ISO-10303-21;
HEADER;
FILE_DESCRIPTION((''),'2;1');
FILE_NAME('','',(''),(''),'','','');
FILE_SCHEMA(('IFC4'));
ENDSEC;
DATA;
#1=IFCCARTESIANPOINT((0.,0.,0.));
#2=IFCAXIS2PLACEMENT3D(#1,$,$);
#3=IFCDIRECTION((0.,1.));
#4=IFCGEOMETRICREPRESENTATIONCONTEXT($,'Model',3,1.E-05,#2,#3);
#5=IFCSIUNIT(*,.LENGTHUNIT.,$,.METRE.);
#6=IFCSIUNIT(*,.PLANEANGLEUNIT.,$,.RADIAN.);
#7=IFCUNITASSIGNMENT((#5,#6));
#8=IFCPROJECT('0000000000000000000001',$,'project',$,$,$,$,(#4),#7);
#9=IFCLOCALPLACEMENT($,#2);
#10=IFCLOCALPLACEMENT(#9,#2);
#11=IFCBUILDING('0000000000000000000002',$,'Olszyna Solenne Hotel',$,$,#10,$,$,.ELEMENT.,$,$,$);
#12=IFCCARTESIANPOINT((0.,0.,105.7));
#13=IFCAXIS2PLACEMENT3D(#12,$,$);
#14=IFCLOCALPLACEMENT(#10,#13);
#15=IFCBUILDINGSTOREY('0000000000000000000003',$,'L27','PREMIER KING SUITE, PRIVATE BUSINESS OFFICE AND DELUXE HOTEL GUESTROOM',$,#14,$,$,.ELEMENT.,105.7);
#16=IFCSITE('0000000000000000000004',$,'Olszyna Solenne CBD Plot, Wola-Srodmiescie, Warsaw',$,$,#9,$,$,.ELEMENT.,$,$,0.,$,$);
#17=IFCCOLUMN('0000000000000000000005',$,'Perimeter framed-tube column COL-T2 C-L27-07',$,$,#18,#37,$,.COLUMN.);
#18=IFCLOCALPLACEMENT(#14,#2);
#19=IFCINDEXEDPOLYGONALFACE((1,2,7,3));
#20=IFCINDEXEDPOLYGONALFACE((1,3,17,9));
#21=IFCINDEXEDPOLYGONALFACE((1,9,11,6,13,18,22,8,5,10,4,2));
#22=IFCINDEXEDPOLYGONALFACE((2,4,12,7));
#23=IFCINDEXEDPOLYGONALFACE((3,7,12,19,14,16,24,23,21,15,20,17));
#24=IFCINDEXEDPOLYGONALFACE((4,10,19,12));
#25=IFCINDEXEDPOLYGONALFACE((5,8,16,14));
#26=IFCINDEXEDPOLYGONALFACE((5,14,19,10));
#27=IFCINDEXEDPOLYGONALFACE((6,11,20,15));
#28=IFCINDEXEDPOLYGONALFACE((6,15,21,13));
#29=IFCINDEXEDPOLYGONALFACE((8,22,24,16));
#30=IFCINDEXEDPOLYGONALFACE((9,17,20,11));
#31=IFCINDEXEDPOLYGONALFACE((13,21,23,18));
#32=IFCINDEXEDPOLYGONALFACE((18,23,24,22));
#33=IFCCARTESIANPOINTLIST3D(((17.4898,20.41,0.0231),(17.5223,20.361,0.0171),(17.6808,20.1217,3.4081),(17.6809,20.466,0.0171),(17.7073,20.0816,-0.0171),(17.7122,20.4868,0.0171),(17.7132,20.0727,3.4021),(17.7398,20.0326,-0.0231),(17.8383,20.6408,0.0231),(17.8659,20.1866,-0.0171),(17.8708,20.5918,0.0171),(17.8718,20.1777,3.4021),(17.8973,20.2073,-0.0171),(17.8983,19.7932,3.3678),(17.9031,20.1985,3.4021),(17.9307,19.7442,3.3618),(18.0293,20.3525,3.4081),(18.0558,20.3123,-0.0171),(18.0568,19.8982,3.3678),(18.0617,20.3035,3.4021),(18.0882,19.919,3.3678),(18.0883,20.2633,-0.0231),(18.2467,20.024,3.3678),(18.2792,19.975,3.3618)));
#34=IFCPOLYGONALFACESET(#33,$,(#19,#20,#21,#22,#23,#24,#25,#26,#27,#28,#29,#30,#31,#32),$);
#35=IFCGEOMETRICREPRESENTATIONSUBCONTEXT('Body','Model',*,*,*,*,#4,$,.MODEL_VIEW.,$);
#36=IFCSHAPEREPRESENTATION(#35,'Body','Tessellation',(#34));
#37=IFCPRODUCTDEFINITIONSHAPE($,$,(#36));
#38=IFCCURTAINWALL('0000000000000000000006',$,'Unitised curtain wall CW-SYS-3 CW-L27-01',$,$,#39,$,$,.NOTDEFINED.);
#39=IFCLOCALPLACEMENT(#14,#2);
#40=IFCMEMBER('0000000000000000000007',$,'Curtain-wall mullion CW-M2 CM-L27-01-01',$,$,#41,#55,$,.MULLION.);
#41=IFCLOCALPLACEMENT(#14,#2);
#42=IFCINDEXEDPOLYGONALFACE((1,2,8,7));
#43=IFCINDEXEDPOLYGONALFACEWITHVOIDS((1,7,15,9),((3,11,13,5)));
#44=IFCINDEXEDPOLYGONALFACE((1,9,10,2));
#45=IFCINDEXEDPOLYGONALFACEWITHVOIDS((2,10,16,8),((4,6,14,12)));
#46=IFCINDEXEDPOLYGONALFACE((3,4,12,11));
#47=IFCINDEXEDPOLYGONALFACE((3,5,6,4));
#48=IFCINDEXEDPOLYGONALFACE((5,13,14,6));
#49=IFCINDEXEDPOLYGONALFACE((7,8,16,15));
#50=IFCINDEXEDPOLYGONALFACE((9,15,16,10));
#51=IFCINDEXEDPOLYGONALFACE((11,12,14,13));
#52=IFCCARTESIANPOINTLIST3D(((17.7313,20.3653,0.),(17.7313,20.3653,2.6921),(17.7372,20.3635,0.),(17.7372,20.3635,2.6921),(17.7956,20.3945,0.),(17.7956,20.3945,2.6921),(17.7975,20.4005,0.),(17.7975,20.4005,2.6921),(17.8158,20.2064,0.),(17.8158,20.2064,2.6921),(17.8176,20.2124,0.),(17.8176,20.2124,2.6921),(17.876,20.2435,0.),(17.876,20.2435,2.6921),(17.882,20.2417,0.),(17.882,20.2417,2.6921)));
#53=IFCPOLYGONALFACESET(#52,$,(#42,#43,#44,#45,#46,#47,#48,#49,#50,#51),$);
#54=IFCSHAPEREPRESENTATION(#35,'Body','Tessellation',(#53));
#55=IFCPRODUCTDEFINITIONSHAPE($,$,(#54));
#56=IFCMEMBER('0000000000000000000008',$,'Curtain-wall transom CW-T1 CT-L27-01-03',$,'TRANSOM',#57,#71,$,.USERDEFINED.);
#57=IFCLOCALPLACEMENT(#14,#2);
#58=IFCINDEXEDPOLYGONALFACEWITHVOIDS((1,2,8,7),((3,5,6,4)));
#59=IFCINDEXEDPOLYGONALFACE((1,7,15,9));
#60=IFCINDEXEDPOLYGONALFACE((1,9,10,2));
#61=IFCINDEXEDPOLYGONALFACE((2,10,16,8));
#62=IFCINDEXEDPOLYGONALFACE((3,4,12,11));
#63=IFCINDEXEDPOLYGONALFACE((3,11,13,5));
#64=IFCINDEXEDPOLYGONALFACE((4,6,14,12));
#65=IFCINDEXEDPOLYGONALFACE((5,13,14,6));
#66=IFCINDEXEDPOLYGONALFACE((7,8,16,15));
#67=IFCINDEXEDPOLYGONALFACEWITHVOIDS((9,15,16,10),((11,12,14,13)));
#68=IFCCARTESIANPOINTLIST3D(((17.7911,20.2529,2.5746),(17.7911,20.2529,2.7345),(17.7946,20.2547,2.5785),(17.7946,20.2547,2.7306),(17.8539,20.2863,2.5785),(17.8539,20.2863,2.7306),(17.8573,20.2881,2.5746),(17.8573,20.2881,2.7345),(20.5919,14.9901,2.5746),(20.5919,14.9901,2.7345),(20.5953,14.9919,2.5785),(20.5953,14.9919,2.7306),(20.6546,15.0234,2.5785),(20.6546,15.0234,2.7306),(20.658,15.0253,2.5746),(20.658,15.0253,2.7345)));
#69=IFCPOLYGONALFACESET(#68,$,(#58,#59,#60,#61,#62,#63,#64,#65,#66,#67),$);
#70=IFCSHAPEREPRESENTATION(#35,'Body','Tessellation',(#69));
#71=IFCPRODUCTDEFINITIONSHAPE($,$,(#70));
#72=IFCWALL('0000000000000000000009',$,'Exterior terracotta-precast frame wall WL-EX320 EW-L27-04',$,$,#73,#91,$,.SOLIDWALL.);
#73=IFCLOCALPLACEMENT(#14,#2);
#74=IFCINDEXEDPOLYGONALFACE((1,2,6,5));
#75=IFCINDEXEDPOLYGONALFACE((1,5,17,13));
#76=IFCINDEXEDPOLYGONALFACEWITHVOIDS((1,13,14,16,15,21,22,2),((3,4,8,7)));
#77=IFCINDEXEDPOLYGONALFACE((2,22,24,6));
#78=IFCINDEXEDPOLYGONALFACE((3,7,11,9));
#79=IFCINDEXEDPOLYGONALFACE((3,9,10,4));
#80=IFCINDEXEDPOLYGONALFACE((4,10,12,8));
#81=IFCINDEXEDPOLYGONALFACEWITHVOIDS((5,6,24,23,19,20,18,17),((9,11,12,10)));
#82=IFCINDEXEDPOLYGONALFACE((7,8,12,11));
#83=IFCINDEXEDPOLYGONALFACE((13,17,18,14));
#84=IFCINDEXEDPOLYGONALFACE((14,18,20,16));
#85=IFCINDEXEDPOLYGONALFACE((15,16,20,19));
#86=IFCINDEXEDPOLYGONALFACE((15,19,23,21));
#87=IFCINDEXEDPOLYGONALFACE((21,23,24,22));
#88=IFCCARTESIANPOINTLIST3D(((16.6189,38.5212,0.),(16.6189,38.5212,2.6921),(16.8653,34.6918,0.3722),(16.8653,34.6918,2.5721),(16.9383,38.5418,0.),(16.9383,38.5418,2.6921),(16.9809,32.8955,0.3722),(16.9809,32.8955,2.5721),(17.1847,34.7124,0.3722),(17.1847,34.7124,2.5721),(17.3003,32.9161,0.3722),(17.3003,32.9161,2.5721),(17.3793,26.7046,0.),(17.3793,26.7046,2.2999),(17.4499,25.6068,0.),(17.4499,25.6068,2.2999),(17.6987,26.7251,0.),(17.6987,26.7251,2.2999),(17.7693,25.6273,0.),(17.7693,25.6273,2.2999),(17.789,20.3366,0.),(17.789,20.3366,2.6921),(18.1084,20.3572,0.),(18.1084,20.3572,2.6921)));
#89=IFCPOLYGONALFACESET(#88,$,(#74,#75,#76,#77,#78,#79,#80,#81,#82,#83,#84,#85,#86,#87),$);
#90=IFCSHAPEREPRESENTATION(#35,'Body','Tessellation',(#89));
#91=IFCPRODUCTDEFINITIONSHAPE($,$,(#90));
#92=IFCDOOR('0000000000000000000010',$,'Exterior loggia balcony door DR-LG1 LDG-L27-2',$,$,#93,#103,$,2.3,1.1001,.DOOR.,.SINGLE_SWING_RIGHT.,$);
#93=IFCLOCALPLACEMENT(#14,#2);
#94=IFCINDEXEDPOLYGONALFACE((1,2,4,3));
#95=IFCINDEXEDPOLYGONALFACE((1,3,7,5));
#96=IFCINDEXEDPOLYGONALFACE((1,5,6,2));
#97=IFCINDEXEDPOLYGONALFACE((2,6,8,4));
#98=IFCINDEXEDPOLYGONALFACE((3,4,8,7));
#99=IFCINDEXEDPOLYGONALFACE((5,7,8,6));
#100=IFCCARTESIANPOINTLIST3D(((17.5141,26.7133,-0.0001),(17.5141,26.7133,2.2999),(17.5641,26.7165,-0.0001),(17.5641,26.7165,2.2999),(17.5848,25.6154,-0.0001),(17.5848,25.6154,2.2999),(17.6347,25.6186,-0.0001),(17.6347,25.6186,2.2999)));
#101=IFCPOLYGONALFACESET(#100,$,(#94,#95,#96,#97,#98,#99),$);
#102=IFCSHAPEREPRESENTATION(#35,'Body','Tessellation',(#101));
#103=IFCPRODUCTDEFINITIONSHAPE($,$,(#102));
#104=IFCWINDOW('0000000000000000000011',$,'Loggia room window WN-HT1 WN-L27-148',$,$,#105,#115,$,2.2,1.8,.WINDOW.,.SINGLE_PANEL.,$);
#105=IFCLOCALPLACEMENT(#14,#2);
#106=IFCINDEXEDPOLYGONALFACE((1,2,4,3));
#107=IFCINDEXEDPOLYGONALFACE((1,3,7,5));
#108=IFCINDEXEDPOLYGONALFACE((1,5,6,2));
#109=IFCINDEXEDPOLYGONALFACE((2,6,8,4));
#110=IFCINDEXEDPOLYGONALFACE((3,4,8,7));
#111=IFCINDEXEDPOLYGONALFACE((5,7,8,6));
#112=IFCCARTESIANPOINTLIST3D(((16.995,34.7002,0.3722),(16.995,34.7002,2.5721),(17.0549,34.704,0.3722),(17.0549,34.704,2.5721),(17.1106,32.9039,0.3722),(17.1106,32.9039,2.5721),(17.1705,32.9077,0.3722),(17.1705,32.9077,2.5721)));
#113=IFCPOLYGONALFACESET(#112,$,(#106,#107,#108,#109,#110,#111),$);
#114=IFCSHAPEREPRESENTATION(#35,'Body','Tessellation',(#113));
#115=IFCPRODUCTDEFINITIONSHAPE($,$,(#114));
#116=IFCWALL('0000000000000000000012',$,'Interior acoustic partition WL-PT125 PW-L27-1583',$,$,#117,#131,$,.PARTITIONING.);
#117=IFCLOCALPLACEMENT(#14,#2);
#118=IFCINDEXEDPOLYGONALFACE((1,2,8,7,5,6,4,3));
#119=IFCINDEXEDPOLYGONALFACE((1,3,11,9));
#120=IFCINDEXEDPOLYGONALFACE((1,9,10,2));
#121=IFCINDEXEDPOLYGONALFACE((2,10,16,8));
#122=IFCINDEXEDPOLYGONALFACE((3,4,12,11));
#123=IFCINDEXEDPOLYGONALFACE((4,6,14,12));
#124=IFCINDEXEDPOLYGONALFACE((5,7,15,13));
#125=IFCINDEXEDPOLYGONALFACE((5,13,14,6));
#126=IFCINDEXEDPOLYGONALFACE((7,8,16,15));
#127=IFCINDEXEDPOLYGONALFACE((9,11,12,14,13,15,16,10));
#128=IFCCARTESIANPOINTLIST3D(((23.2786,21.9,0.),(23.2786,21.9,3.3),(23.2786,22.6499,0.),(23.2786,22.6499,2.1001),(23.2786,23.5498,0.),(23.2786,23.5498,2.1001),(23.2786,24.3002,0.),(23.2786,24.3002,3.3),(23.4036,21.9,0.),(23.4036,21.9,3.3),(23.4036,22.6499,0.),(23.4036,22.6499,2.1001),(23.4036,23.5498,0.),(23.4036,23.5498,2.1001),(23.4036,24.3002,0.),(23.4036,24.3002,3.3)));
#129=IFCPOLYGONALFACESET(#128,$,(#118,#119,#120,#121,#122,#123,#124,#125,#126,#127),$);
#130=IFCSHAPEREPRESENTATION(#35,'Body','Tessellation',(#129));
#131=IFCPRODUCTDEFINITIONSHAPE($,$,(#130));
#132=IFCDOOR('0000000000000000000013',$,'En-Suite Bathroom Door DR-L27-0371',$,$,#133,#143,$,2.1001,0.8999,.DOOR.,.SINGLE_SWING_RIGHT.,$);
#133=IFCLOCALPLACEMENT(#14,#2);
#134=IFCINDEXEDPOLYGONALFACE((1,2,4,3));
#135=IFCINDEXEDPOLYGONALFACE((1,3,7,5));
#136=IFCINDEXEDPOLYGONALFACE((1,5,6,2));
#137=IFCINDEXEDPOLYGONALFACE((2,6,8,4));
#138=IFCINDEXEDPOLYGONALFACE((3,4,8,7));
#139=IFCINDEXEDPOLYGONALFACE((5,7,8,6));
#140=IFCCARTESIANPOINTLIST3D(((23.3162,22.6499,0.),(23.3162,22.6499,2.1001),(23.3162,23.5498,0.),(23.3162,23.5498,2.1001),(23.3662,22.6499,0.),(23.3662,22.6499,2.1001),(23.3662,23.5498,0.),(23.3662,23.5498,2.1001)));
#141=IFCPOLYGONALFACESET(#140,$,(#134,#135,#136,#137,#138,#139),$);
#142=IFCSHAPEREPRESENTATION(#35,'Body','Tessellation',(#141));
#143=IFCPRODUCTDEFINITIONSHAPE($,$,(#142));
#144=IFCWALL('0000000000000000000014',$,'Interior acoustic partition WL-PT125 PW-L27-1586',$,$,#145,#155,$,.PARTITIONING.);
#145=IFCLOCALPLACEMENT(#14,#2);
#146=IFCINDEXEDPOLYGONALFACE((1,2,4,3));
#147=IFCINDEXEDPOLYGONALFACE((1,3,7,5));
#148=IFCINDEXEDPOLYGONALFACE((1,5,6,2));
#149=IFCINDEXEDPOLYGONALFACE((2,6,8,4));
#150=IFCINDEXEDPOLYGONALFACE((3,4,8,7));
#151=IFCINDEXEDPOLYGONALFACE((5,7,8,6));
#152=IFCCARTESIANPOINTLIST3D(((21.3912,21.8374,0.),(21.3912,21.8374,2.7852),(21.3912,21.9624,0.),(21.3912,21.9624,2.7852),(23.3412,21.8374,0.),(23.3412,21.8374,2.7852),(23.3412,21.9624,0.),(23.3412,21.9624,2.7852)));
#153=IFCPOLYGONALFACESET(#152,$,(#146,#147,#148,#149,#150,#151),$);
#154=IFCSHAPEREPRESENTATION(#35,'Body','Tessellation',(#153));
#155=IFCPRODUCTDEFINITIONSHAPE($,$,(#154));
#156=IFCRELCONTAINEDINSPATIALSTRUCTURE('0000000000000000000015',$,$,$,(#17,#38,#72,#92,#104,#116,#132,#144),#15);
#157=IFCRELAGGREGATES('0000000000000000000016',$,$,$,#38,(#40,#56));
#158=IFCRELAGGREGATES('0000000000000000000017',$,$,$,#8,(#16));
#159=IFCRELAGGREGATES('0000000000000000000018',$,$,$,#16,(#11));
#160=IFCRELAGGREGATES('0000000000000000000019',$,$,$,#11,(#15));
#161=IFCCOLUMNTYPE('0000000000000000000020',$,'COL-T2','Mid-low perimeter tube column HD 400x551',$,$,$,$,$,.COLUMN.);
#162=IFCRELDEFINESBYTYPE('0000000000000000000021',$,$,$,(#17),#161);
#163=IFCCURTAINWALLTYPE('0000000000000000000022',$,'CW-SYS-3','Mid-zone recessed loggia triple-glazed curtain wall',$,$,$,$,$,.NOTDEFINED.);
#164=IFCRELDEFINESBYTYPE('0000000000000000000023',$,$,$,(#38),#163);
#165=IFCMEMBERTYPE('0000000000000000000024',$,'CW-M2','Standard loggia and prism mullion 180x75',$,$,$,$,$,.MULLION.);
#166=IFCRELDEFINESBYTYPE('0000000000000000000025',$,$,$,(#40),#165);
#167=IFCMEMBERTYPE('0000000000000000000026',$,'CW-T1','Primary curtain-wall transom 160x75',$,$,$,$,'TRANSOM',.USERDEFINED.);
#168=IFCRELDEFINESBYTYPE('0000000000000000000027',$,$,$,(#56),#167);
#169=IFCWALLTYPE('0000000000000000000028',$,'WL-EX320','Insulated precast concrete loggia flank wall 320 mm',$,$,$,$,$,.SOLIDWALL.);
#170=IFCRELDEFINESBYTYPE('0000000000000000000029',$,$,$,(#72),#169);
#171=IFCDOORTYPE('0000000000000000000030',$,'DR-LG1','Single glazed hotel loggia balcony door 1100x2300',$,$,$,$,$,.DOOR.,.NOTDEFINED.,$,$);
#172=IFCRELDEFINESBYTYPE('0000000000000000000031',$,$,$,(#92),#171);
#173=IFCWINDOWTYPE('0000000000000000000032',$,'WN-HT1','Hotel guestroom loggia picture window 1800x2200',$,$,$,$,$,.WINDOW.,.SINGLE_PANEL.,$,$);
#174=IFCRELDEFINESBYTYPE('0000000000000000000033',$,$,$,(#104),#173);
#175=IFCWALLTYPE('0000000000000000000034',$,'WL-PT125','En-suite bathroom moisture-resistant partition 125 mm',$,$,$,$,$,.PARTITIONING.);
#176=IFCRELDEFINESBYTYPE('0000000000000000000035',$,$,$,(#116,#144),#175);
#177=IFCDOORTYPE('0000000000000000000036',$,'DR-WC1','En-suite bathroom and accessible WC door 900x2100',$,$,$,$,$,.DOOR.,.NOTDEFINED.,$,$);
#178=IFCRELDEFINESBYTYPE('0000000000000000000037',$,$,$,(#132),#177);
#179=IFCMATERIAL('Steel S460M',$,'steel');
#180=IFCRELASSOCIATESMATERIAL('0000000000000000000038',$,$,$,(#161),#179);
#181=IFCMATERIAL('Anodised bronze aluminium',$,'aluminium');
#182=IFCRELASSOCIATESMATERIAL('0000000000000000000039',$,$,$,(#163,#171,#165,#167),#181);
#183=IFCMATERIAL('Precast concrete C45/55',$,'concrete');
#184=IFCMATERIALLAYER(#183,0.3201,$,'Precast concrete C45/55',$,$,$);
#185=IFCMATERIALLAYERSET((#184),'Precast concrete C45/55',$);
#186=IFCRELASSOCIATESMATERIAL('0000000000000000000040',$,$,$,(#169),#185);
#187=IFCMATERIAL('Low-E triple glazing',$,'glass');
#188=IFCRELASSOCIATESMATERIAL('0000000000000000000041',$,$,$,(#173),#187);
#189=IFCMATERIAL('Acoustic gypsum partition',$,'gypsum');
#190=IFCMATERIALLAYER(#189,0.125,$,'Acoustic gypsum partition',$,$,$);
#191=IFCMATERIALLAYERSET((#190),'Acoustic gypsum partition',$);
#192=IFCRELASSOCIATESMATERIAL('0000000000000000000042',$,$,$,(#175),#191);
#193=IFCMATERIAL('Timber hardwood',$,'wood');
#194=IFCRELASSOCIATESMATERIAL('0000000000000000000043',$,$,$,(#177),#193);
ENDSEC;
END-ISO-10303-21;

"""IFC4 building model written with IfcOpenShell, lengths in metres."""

from ifc_helpers import new_model, si_unit, direction, frame, frame_2d, origin, origin_2d, place, context, subcontext, project, spatial, rectangle, hollow_rectangle, i_section, extrude, source, transform, mapped, material, layer, layer_set, material_profile, profile_set, type_object, type_shapes, element, fill, aggregate, save


model = new_model("IFC4")

# Units and contexts
model_context = context("Model", 3, precision=1e-05, world=origin(), true_north=direction((0.0, 1.0)))
body_context = subcontext(model_context, "Body", "Model", "MODEL_VIEW")
ifc_project = project(units=[si_unit("LENGTHUNIT", "METRE"), si_unit("PLANEANGLEUNIT", "RADIAN")], contexts=[model_context])

# Site, building, storey
site_placement = place(None, origin())
site = spatial("IfcSite", under=ifc_project, at=site_placement, Name="Olszyna Solenne CBD Plot, Wola-Srodmiescie, Warsaw", CompositionType="ELEMENT", RefElevation=0.0)
building_placement = place(site_placement, origin())
building = spatial("IfcBuilding", under=site, at=building_placement, Name="Olszyna Solenne Hotel", CompositionType="ELEMENT")
storey_placement = place(building_placement, frame((0.0, 0.0, 105.7)))
storey = spatial("IfcBuildingStorey", under=building, at=storey_placement, Name="L27", Description="PREMIER KING SUITE, PRIVATE BUSINESS OFFICE AND DELUXE HOTEL GUESTROOM", CompositionType="ELEMENT", Elevation=105.7)

# Column
ifc_material_1 = material(Name="Steel S460M", Category="steel")
ifc_material_profile_1 = material_profile(ifc_material_1, i_section(OverallWidth=0.418, OverallDepth=0.4551, WebThickness=0.0376, FlangeThickness=0.0591, at=origin_2d()), Name="HD 400x551", Category="load-bearing")
ifc_profile_set_1 = profile_set([ifc_material_profile_1], Name="Steel S460M")
column_type = type_object("IfcColumnType", Name="COL-T2", Description="Mid-low perimeter tube column HD 400x551", PredefinedType="COLUMN", material=ifc_profile_set_1)
shared_shape_1 = source(origin(), body_context, "Body", "SweptSolid", [
    extrude(i_section(OverallWidth=0.418, OverallDepth=0.4551, WebThickness=0.0376, FlangeThickness=0.0591, at=origin_2d()), origin(), (0.0, 0.0, 1.0), 3.4026),
])
column_placement = place(storey_placement, frame((17.7891, 20.3367, 0.0), z_axis=(0.056109, -0.084737, 0.994822), x_axis=(0.833784, 0.552091, 0.0)))
element("IfcColumn", 1, at=column_placement, inside=storey, type_object=column_type, Name="Perimeter framed-tube column COL-T2 C-L27-07", PredefinedType="COLUMN", context=body_context, shape_type="MappedRepresentation", body=[
    mapped(shared_shape_1, transform((0.0, 0.0, 0.0), x_axis=(1.0, 0.0, 0.0), y_axis=(0.0, 1.0, 0.0), z_axis=(0.0, 0.0, 1.0), scale=1.0)),
])

# Curtain wall, members
ifc_material_2 = material(Name="Anodised bronze aluminium", Category="aluminium")
curtain_wall_type = type_object("IfcCurtainWallType", Name="CW-SYS-3", Description="Mid-zone recessed loggia triple-glazed curtain wall", PredefinedType="NOTDEFINED", material=ifc_material_2)
curtain_wall_placement = place(storey_placement, origin())
curtain_wall = element("IfcCurtainWall", 2, at=curtain_wall_placement, inside=storey, type_object=curtain_wall_type, Name="Unitised curtain wall CW-SYS-3 CW-L27-01", PredefinedType="NOTDEFINED")
ifc_material_profile_2 = material_profile(ifc_material_2, hollow_rectangle(XDim=0.075, YDim=0.1799, WallThickness=0.0044, at=origin_2d()), Name="MULL 180x75x4.5", Category="load-bearing")
ifc_profile_set_2 = profile_set([ifc_material_profile_2], Name="Anodised bronze aluminium")
member_type_1 = type_object("IfcMemberType", Name="CW-M2", Description="Standard loggia and prism mullion 180x75", PredefinedType="MULLION", material=ifc_profile_set_2)
shared_shape_2 = source(origin(), body_context, "Body", "SweptSolid", [
    extrude(hollow_rectangle(XDim=0.075, YDim=0.1799, WallThickness=0.0044, at=origin_2d()), origin(), (0.0, 0.0, 1.0), 2.6921),
])
member_1_placement = place(storey_placement, frame((17.8066, 20.3035, 0.0), z_axis=(0.0, 0.0, 1.0), x_axis=(0.882777, 0.469793, 0.0)))
member_1 = element("IfcMember", 3, at=member_1_placement, type_object=member_type_1, Name="Curtain-wall mullion CW-M2 CM-L27-01-01", PredefinedType="MULLION", context=body_context, shape_type="MappedRepresentation", body=[
    mapped(shared_shape_2, transform((0.0, 0.0, 0.0), x_axis=(1.0, 0.0, 0.0), y_axis=(0.0, 1.0, 0.0), z_axis=(0.0, 0.0, 1.0), scale=1.0)),
])
ifc_material_profile_3 = material_profile(ifc_material_2, hollow_rectangle(XDim=0.075, YDim=0.1599, WallThickness=0.0039, at=origin_2d()), Name="TRAN 160x75x4", Category="load-bearing")
ifc_profile_set_3 = profile_set([ifc_material_profile_3], Name="Anodised bronze aluminium")
member_type_2 = type_object("IfcMemberType", Name="CW-T1", Description="Primary curtain-wall transom 160x75", ElementType="TRANSOM", PredefinedType="USERDEFINED", material=ifc_profile_set_3)
shared_shape_3 = source(origin(), body_context, "Body", "SweptSolid", [
    extrude(hollow_rectangle(XDim=0.075, YDim=0.1599, WallThickness=0.0039, at=origin_2d()), origin(), (0.0, 0.0, 1.0), 5.9617),
])
member_2_placement = place(storey_placement, frame((17.8242, 20.2705, 2.6545), z_axis=(0.469789, -0.882779, 0.0), x_axis=(0.882779, 0.469789, 0.0)))
member_2 = element("IfcMember", 4, at=member_2_placement, type_object=member_type_2, Name="Curtain-wall transom CW-T1 CT-L27-01-03", ObjectType="TRANSOM", PredefinedType="USERDEFINED", context=body_context, shape_type="MappedRepresentation", body=[
    mapped(shared_shape_3, transform((0.0, 0.0, 0.0), x_axis=(1.0, 0.0, 0.0), y_axis=(0.0, 1.0, 0.0), z_axis=(0.0, 0.0, 1.0), scale=1.0)),
])
aggregate(curtain_wall, [member_1, member_2])

# Wall, openings, door, window
ifc_material_3 = material(Name="Precast concrete C45/55", Category="concrete")
ifc_layer_1 = layer(ifc_material_3, 0.3201, Name="Precast concrete C45/55")
ifc_layer_set_1 = layer_set([ifc_layer_1], Name="Precast concrete C45/55")
wall_type_1 = type_object("IfcWallType", Name="WL-EX320", Description="Insulated precast concrete loggia flank wall 320 mm", PredefinedType="SOLIDWALL", material=ifc_layer_set_1)
wall_1_placement = place(storey_placement, frame((17.9487, 20.3469, 0.0), z_axis=(0.0, 0.0, 1.0), x_axis=(-0.064217, 0.997936, 0.0)))
wall_1 = element("IfcWall", 5, at=wall_1_placement, inside=storey, type_object=wall_type_1, Name="Exterior terracotta-precast frame wall WL-EX320 EW-L27-04", PredefinedType="SOLIDWALL", context=body_context, shape_type="SweptSolid", body=[
    extrude(rectangle(XDim=18.2222, YDim=0.3201, at=frame_2d((9.1111, 0.0))), origin(), (0.0, 0.0, 1.0), 2.6921),
])
opening_1_placement = place(wall_1_placement, frame((5.281, 0.0, 0.0)))
opening_1 = element("IfcOpeningElement", 6, at=opening_1_placement, cuts=wall_1, PredefinedType="OPENING", context=body_context, shape_type="SweptSolid", body=[
    extrude(rectangle(XDim=1.1001, YDim=2.3, at=frame_2d((0.55, 1.1499))), frame((0.0, 0.1699, 0.0), z_axis=(0.0, -1.0, 0.0), x_axis=(1.0, 0.0, 0.0)), (0.0, 0.0, 1.0), 0.3401),
])
opening_2_placement = place(wall_1_placement, frame((12.585, 0.0, 0.3721)))
opening_2 = element("IfcOpeningElement", 7, at=opening_2_placement, cuts=wall_1, PredefinedType="OPENING", context=body_context, shape_type="SweptSolid", body=[
    extrude(rectangle(XDim=1.8, YDim=2.2, at=frame_2d((0.8999, 1.1001))), frame((0.0, 0.1699, 0.0), z_axis=(0.0, -1.0, 0.0), x_axis=(1.0, 0.0, 0.0)), (0.0, 0.0, 1.0), 0.3401),
])
door_type_1 = type_object("IfcDoorType", Name="DR-LG1", Description="Single glazed hotel loggia balcony door 1100x2300", OperationType="NOTDEFINED", PredefinedType="DOOR", material=ifc_material_2)
shared_shape_4 = source(origin(), body_context, "Body", "SweptSolid", [
    extrude(rectangle(XDim=1.1001, YDim=2.3, at=frame_2d((0.55, 1.1499))), frame((0.0, 0.0249, 0.0), z_axis=(0.0, -1.0, 0.0), x_axis=(1.0, 0.0, 0.0)), (0.0, 0.0, 1.0), 0.05),
])
type_shapes(door_type_1, [shared_shape_4])
door_1_placement = place(opening_1_placement, origin())
door_1 = element("IfcDoor", 8, at=door_1_placement, inside=storey, type_object=door_type_1, Name="Exterior loggia balcony door DR-LG1 LDG-L27-2", OperationType="SINGLE_SWING_RIGHT", OverallHeight=2.3, OverallWidth=1.1001, PredefinedType="DOOR", context=body_context, shape_type="MappedRepresentation", body=[
    mapped(shared_shape_4, transform((0.0, 0.0, 0.0), x_axis=(1.0, 0.0, 0.0), y_axis=(0.0, 1.0, 0.0), z_axis=(0.0, 0.0, 1.0), scale=1.0)),
])
fill(opening_1, door_1)
ifc_material_4 = material(Name="Low-E triple glazing", Category="glass")
window_type = type_object("IfcWindowType", Name="WN-HT1", Description="Hotel guestroom loggia picture window 1800x2200", PartitioningType="SINGLE_PANEL", PredefinedType="WINDOW", material=ifc_material_4)
shared_shape_5 = source(origin(), body_context, "Body", "SweptSolid", [
    extrude(rectangle(XDim=1.8, YDim=2.2, at=frame_2d((0.8999, 1.1001))), frame((0.0, 0.03, 0.0), z_axis=(0.0, -1.0, 0.0), x_axis=(1.0, 0.0, 0.0)), (0.0, 0.0, 1.0), 0.0601),
])
type_shapes(window_type, [shared_shape_5])
window_placement = place(opening_2_placement, origin())
window = element("IfcWindow", 9, at=window_placement, inside=storey, type_object=window_type, Name="Loggia room window WN-HT1 WN-L27-148", OverallHeight=2.2, OverallWidth=1.8, PartitioningType="SINGLE_PANEL", PredefinedType="WINDOW", context=body_context, shape_type="MappedRepresentation", body=[
    mapped(shared_shape_5, transform((0.0, 0.0, 0.0), x_axis=(1.0, 0.0, 0.0), y_axis=(0.0, 1.0, 0.0), z_axis=(0.0, 0.0, 1.0), scale=1.0)),
])
fill(opening_2, window)

# Wall, opening, door
ifc_material_5 = material(Name="Acoustic gypsum partition", Category="gypsum")
ifc_layer_2 = layer(ifc_material_5, 0.125, Name="Acoustic gypsum partition")
ifc_layer_set_2 = layer_set([ifc_layer_2], Name="Acoustic gypsum partition")
wall_type_2 = type_object("IfcWallType", Name="WL-PT125", Description="En-suite bathroom moisture-resistant partition 125 mm", PredefinedType="PARTITIONING", material=ifc_layer_set_2)
wall_2_placement = place(storey_placement, frame((23.3411, 21.8999, 0.0), z_axis=(0.0, 0.0, 1.0), x_axis=(0.0, 1.0, 0.0)))
wall_2 = element("IfcWall", 10, at=wall_2_placement, inside=storey, type_object=wall_type_2, Name="Interior acoustic partition WL-PT125 PW-L27-1583", PredefinedType="PARTITIONING", context=body_context, shape_type="SweptSolid", body=[
    extrude(rectangle(XDim=2.4001, YDim=0.125, at=frame_2d((1.2002, 0.0))), origin(), (0.0, 0.0, 1.0), 3.3),
])
opening_3_placement = place(wall_2_placement, frame((0.75, 0.0, 0.0)))
opening_3 = element("IfcOpeningElement", 11, at=opening_3_placement, cuts=wall_2, PredefinedType="OPENING", context=body_context, shape_type="SweptSolid", body=[
    extrude(rectangle(XDim=0.8999, YDim=2.1001, at=frame_2d((0.45, 1.05))), frame((0.0, 0.0725, 0.0), z_axis=(0.0, -1.0, 0.0), x_axis=(1.0, 0.0, 0.0)), (0.0, 0.0, 1.0), 0.145),
])
ifc_material_6 = material(Name="Timber hardwood", Category="wood")
door_type_2 = type_object("IfcDoorType", Name="DR-WC1", Description="En-suite bathroom and accessible WC door 900x2100", OperationType="NOTDEFINED", PredefinedType="DOOR", material=ifc_material_6)
shared_shape_6 = source(origin(), body_context, "Body", "SweptSolid", [
    extrude(rectangle(XDim=0.8999, YDim=2.1001, at=frame_2d((0.45, 1.05))), frame((0.0, 0.0249, 0.0), z_axis=(0.0, -1.0, 0.0), x_axis=(1.0, 0.0, 0.0)), (0.0, 0.0, 1.0), 0.05),
])
type_shapes(door_type_2, [shared_shape_6])
door_2_placement = place(opening_3_placement, origin())
door_2 = element("IfcDoor", 12, at=door_2_placement, inside=storey, type_object=door_type_2, Name="En-Suite Bathroom Door DR-L27-0371", OperationType="SINGLE_SWING_RIGHT", OverallHeight=2.1001, OverallWidth=0.8999, PredefinedType="DOOR", context=body_context, shape_type="MappedRepresentation", body=[
    mapped(shared_shape_6, transform((0.0, 0.0, 0.0), x_axis=(1.0, 0.0, 0.0), y_axis=(0.0, 1.0, 0.0), z_axis=(0.0, 0.0, 1.0), scale=1.0)),
])
fill(opening_3, door_2)

# Wall
wall_3_placement = place(storey_placement, frame((21.3911, 21.8999, 0.0), z_axis=(0.0, 0.0, 1.0), x_axis=(1.0, 0.0, 0.0)))
element("IfcWall", 13, at=wall_3_placement, inside=storey, type_object=wall_type_2, Name="Interior acoustic partition WL-PT125 PW-L27-1586", PredefinedType="PARTITIONING", context=body_context, shape_type="SweptSolid", body=[
    extrude(rectangle(XDim=1.95, YDim=0.125, at=frame_2d((0.9751, 0.0))), origin(), (0.0, 0.0, 1.0), 2.7852),
])

save(model, "model.ifc")
